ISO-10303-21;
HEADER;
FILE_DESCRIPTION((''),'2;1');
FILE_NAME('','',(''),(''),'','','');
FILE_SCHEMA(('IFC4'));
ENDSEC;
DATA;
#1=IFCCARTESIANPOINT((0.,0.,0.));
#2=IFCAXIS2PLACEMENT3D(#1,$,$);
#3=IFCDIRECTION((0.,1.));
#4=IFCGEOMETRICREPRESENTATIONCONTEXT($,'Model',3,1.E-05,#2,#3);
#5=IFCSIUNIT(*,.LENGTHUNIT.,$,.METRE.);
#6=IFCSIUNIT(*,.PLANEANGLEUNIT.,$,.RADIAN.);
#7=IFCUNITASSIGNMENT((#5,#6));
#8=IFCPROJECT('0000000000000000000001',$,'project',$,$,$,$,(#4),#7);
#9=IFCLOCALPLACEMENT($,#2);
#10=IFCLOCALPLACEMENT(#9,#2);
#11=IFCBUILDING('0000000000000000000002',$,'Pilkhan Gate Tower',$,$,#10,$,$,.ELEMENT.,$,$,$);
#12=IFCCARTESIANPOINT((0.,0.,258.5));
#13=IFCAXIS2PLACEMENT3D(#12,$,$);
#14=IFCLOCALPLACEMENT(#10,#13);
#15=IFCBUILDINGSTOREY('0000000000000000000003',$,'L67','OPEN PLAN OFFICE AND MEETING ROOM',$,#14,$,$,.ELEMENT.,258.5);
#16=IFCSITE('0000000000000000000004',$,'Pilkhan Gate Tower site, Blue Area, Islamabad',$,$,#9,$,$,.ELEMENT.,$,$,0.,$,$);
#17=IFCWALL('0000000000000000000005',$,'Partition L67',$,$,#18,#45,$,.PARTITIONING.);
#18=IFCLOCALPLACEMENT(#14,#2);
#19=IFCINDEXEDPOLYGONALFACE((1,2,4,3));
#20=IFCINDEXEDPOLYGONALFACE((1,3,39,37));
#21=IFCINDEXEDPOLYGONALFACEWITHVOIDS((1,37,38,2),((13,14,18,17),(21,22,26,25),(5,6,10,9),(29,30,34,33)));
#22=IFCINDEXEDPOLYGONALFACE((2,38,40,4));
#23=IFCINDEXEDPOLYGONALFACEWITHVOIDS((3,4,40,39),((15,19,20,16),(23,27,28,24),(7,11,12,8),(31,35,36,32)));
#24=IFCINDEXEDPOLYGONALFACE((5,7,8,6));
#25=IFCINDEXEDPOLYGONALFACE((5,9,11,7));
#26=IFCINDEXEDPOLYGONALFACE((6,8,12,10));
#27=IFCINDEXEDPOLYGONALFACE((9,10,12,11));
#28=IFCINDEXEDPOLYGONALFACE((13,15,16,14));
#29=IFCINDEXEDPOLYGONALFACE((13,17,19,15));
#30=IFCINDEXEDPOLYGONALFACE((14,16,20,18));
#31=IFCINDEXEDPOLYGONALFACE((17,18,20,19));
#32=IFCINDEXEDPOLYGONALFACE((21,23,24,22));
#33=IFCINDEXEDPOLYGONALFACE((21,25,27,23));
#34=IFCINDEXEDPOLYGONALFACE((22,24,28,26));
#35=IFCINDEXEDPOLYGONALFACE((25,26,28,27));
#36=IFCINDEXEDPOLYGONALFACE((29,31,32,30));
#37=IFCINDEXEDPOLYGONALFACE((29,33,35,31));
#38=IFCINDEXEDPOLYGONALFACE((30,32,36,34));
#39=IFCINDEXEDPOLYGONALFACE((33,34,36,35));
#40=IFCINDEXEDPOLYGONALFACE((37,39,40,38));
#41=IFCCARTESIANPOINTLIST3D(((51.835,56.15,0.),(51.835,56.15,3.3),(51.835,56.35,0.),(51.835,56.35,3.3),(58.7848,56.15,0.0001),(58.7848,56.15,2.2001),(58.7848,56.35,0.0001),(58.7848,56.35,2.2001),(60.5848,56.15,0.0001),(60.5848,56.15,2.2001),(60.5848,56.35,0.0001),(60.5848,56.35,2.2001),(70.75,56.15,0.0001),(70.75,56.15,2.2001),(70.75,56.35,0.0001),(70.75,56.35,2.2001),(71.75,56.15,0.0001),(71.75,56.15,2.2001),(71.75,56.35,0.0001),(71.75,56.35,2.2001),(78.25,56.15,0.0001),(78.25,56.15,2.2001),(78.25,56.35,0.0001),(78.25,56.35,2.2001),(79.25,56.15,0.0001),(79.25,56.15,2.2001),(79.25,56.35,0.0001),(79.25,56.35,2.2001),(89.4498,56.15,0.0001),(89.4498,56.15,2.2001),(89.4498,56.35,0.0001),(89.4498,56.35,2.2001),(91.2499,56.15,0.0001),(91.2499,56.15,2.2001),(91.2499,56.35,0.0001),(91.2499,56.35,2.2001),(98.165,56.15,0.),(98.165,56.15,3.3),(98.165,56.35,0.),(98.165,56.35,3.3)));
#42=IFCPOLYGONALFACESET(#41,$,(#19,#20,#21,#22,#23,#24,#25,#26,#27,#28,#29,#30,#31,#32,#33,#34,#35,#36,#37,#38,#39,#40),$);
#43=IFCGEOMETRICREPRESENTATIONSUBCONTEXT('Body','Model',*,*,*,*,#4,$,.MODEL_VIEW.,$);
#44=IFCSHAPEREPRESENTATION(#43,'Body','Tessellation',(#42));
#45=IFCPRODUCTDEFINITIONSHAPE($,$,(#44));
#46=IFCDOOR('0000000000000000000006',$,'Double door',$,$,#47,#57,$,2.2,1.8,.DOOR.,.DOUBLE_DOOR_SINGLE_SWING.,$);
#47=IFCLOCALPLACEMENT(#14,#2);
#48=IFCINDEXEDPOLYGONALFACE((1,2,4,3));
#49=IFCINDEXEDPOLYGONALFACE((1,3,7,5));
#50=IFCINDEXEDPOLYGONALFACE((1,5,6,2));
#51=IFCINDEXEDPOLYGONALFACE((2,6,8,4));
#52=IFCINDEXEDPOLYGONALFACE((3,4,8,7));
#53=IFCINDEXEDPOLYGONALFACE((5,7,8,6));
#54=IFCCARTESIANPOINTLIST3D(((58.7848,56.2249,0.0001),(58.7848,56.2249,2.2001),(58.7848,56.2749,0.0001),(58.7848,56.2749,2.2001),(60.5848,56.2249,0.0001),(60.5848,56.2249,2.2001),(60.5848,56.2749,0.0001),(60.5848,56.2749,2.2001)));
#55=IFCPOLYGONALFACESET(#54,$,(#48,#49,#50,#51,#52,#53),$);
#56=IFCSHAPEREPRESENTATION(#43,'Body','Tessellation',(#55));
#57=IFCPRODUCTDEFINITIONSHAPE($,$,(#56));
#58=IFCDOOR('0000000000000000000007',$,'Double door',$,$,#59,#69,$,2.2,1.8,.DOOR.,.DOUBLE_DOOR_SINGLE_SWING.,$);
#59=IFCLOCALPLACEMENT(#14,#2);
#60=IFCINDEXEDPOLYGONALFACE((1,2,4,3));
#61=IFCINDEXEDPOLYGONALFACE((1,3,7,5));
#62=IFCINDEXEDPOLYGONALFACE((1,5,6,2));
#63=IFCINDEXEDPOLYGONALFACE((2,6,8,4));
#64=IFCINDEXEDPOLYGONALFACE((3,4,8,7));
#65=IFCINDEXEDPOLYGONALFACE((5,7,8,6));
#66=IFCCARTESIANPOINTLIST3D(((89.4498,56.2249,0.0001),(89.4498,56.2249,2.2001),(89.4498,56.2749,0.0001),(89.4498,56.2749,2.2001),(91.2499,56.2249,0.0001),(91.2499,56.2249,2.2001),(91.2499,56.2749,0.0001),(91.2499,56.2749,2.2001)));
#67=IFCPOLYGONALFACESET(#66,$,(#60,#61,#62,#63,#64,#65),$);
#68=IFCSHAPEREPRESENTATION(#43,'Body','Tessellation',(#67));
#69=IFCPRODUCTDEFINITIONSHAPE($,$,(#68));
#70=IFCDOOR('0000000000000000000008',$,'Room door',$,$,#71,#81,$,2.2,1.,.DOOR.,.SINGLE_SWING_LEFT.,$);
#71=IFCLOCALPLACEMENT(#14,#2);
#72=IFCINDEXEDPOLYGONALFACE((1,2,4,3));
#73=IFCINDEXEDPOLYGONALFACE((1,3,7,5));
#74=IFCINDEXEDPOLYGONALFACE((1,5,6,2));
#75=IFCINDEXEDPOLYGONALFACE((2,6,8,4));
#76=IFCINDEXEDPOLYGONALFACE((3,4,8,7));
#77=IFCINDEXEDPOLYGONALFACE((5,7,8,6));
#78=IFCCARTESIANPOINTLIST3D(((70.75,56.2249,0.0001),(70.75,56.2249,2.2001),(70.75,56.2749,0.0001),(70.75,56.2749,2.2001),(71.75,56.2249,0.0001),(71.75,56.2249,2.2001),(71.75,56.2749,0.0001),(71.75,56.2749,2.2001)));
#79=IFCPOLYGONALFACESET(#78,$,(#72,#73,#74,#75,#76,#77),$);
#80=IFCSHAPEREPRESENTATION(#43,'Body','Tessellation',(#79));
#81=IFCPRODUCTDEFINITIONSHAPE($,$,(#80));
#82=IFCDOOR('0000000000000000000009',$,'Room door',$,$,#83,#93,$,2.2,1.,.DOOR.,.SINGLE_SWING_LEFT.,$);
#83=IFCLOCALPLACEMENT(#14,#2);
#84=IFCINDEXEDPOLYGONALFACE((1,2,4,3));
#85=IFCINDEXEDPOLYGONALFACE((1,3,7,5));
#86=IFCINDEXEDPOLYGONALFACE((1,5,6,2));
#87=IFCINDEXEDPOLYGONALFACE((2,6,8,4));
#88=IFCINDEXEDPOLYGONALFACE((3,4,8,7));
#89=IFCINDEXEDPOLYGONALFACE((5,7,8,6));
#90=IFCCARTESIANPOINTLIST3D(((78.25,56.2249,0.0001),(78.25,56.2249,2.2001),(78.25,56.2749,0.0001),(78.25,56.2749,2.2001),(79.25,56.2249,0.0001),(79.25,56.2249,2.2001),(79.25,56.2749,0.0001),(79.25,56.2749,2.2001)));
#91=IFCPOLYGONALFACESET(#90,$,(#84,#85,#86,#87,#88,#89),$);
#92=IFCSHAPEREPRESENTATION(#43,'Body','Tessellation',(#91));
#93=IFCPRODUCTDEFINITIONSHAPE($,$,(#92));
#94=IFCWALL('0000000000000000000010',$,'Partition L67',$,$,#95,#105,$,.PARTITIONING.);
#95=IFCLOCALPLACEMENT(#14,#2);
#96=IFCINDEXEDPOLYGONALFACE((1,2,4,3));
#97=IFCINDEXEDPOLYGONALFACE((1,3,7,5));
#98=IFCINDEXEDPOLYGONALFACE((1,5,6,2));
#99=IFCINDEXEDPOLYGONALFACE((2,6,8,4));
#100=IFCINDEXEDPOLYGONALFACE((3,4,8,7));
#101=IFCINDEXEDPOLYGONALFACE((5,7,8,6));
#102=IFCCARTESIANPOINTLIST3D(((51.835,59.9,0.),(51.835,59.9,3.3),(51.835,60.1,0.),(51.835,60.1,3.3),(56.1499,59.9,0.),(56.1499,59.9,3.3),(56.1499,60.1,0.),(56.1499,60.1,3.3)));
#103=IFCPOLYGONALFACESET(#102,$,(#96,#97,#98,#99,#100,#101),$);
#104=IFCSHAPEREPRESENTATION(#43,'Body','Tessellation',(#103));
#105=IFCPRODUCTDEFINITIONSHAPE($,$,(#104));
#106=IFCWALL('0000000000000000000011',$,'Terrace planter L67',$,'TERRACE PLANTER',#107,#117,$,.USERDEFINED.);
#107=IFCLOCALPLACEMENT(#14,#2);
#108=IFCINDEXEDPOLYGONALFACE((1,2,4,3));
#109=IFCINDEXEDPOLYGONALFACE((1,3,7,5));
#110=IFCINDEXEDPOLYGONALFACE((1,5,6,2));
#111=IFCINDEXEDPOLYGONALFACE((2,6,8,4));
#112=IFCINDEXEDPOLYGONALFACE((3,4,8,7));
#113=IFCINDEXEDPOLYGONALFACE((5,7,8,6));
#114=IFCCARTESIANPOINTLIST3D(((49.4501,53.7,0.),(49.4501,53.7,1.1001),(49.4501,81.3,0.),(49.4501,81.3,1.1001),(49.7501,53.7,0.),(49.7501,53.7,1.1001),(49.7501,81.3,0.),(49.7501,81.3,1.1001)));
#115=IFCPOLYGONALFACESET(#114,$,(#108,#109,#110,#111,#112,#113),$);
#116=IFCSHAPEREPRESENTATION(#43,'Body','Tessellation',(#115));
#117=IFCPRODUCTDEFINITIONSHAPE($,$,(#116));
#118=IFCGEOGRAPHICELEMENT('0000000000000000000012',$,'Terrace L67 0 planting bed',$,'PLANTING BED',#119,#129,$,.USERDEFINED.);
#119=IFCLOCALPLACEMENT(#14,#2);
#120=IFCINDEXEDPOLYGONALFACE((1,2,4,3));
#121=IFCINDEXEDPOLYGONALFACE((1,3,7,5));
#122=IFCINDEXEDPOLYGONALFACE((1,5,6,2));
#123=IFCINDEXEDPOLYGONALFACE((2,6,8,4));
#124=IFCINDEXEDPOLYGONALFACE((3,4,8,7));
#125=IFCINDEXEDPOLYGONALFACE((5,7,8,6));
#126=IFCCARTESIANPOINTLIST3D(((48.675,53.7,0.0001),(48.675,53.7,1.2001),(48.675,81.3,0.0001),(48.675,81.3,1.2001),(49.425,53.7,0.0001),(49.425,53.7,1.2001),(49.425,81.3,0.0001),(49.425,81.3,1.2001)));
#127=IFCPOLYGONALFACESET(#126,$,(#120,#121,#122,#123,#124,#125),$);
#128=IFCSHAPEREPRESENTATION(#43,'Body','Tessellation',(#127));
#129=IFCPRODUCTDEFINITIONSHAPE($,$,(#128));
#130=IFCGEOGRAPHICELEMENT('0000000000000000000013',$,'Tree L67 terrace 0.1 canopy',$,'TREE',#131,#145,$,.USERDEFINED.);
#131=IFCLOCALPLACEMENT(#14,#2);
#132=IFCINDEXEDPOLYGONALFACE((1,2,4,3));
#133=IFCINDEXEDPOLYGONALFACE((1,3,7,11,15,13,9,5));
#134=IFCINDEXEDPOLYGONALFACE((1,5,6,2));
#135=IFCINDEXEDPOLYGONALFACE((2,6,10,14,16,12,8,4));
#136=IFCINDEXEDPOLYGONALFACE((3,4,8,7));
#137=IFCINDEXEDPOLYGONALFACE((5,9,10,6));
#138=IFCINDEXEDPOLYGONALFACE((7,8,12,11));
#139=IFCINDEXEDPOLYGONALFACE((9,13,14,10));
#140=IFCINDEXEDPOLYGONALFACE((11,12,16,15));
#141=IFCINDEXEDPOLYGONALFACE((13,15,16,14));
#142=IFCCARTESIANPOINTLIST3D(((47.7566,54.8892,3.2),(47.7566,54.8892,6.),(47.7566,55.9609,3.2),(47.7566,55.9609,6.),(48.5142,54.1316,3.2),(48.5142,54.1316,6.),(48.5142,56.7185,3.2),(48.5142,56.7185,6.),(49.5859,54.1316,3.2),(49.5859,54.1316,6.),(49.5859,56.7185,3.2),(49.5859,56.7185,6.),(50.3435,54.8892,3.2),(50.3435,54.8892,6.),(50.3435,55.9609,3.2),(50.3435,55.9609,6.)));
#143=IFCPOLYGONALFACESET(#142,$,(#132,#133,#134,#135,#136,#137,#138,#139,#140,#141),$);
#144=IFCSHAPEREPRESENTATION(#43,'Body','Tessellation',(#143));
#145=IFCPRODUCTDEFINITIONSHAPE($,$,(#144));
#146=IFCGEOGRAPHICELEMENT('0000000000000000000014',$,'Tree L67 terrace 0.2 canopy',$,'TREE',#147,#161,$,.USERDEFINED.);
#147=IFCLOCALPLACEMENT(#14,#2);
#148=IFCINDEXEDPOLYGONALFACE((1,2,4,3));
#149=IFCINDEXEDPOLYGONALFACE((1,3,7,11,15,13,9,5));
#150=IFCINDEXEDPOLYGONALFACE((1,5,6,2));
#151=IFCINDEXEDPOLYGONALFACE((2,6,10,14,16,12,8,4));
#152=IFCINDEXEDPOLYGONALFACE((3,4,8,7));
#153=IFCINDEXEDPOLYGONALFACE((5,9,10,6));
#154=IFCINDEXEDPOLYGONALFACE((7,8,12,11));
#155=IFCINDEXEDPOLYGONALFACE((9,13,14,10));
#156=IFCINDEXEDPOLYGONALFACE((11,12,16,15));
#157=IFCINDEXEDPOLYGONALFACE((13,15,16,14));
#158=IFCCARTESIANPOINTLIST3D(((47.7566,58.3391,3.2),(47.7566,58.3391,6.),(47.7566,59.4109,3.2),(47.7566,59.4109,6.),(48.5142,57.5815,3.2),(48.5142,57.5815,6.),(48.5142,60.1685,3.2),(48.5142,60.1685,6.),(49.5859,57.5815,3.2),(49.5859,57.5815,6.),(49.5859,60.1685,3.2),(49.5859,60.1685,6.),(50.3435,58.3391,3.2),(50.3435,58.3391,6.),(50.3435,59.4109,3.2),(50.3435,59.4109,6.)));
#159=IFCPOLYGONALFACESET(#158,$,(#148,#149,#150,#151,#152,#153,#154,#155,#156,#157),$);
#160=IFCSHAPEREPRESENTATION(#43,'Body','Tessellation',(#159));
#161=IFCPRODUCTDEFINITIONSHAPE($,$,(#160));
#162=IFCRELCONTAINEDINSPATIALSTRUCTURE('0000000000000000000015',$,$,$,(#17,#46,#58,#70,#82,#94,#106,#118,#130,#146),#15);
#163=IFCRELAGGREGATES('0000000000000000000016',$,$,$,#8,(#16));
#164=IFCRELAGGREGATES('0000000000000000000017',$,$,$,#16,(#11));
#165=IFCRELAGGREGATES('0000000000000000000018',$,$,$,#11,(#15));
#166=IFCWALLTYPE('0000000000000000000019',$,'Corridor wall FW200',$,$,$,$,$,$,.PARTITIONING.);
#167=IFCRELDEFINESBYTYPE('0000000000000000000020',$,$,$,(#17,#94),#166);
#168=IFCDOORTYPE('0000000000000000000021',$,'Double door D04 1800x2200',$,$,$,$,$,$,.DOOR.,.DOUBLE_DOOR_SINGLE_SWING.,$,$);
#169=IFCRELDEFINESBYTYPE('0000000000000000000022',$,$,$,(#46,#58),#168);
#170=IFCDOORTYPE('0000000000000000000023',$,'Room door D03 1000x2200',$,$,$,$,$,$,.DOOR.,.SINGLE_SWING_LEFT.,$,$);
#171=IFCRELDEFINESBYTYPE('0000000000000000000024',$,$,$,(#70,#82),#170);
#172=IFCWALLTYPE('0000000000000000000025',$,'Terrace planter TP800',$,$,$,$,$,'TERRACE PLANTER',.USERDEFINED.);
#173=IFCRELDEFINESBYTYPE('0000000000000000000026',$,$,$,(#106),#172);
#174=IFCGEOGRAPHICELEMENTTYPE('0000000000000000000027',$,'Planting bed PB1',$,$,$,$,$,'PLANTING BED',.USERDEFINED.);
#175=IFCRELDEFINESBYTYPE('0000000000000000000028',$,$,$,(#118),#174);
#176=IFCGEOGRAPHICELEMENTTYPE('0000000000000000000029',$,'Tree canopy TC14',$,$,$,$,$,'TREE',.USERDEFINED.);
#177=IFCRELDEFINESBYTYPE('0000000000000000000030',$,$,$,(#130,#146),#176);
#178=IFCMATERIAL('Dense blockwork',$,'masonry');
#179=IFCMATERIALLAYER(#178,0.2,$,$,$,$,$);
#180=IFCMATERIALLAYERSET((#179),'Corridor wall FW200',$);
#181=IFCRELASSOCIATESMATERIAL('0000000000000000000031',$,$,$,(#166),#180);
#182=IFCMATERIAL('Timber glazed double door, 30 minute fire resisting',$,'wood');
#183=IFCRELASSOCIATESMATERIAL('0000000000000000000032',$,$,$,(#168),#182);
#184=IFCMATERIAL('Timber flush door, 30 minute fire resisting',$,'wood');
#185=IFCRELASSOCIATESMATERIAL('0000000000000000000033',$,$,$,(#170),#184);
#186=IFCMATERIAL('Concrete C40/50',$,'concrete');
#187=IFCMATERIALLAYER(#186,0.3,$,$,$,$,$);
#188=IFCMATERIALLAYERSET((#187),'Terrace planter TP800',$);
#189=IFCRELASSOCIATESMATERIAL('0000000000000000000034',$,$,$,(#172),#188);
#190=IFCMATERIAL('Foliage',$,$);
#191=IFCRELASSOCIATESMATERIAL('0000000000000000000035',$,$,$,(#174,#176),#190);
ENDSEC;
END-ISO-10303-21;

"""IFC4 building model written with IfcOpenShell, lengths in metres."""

from ifc_helpers import new_model, si_unit, direction, frame, frame_2d, origin, origin_2d, place, context, subcontext, project, spatial, polyline, rectangle, outline, extrude, material, layer, layer_set, material_profile, profile_set, type_object, element, fill, save


model = new_model("IFC4")

# Units and contexts
model_context = context("Model", 3, precision=1e-05, world=origin(), true_north=direction((0.0, 1.0)))
body_context = subcontext(model_context, "Body", "Model", "MODEL_VIEW")
ifc_project = project(units=[si_unit("LENGTHUNIT", "METRE"), si_unit("PLANEANGLEUNIT", "RADIAN")], contexts=[model_context])

# Site, building, storey
site_placement = place(None, origin())
site = spatial("IfcSite", under=ifc_project, at=site_placement, Name="Pilkhan Gate Tower site, Blue Area, Islamabad", CompositionType="ELEMENT", RefElevation=0.0)
building_placement = place(site_placement, origin())
building = spatial("IfcBuilding", under=site, at=building_placement, Name="Pilkhan Gate Tower", CompositionType="ELEMENT")
storey_placement = place(building_placement, frame((0.0, 0.0, 258.5)))
storey = spatial("IfcBuildingStorey", under=building, at=storey_placement, Name="L67", Description="OPEN PLAN OFFICE AND MEETING ROOM", CompositionType="ELEMENT", Elevation=258.5)

# Shared definitions
ifc_material_1 = material(Name="Concrete C40/50", Category="concrete")

# Wall, openings, doors
ifc_material_2 = material(Name="Dense blockwork", Category="masonry")
ifc_layer_1 = layer(ifc_material_2, 0.2)
ifc_layer_set_1 = layer_set([ifc_layer_1], Name="Corridor wall FW200")
wall_type_1 = type_object("IfcWallType", Name="Corridor wall FW200", PredefinedType="PARTITIONING", material=ifc_layer_set_1)
wall_1_placement = place(storey_placement, frame((51.835, 56.25, 0.0), z_axis=(0.0, 0.0, 1.0), x_axis=(1.0, 0.0, 0.0)))
wall_1 = element("IfcWall", 1, at=wall_1_placement, inside=storey, type_object=wall_type_1, Name="Partition L67", PredefinedType="PARTITIONING", context=body_context, shape_type="SweptSolid", body=[
    extrude(rectangle(XDim=46.3301, YDim=0.2, at=frame_2d((23.165, 0.0))), origin(), (0.0, 0.0, 1.0), 3.3),
])
opening_1_placement = place(wall_1_placement, frame((6.95, 0.0, 0.0)))
opening_1 = element("IfcOpeningElement", 2, at=opening_1_placement, cuts=wall_1, PredefinedType="OPENING", context=body_context, shape_type="SweptSolid", body=[
    extrude(rectangle(XDim=1.8, YDim=2.2, at=frame_2d((0.8999, 1.1001))), frame((0.0, 0.1099, 0.0), z_axis=(0.0, -1.0, 0.0), x_axis=(1.0, 0.0, 0.0)), (0.0, 0.0, 1.0), 0.22),
])
opening_2_placement = place(wall_1_placement, frame((37.615, 0.0, 0.0)))
opening_2 = element("IfcOpeningElement", 3, at=opening_2_placement, cuts=wall_1, PredefinedType="OPENING", context=body_context, shape_type="SweptSolid", body=[
    extrude(rectangle(XDim=1.8, YDim=2.2, at=frame_2d((0.8999, 1.1001))), frame((0.0, 0.1099, 0.0), z_axis=(0.0, -1.0, 0.0), x_axis=(1.0, 0.0, 0.0)), (0.0, 0.0, 1.0), 0.22),
])
opening_3_placement = place(wall_1_placement, frame((18.915, 0.0, 0.0)))
opening_3 = element("IfcOpeningElement", 4, at=opening_3_placement, cuts=wall_1, PredefinedType="OPENING", context=body_context, shape_type="SweptSolid", body=[
    extrude(rectangle(XDim=1.0, YDim=2.2, at=frame_2d((0.5, 1.1001))), frame((0.0, 0.1099, 0.0), z_axis=(0.0, -1.0, 0.0), x_axis=(1.0, 0.0, 0.0)), (0.0, 0.0, 1.0), 0.22),
])
opening_4_placement = place(wall_1_placement, frame((26.415, 0.0, 0.0)))
opening_4 = element("IfcOpeningElement", 5, at=opening_4_placement, cuts=wall_1, PredefinedType="OPENING", context=body_context, shape_type="SweptSolid", body=[
    extrude(rectangle(XDim=1.0, YDim=2.2, at=frame_2d((0.5, 1.1001))), frame((0.0, 0.1099, 0.0), z_axis=(0.0, -1.0, 0.0), x_axis=(1.0, 0.0, 0.0)), (0.0, 0.0, 1.0), 0.22),
])
ifc_material_3 = material(Name="Timber glazed double door, 30 minute fire resisting", Category="wood")
door_type_1 = type_object("IfcDoorType", Name="Double door D04 1800x2200", OperationType="DOUBLE_DOOR_SINGLE_SWING", PredefinedType="DOOR", material=ifc_material_3)
door_1_placement = place(opening_1_placement, origin())
door_1 = element("IfcDoor", 6, at=door_1_placement, inside=storey, type_object=door_type_1, Name="Double door", OperationType="DOUBLE_DOOR_SINGLE_SWING", OverallHeight=2.2, OverallWidth=1.8, PredefinedType="DOOR", context=body_context, shape_type="SweptSolid", body=[
    extrude(rectangle(XDim=1.8, YDim=2.2, at=frame_2d((0.8999, 1.1001))), frame((0.0, 0.0249, 0.0), z_axis=(0.0, -1.0, 0.0), x_axis=(1.0, 0.0, 0.0)), (0.0, 0.0, 1.0), 0.05),
])
fill(opening_1, door_1)
door_2_placement = place(opening_2_placement, origin())
door_2 = element("IfcDoor", 7, at=door_2_placement, inside=storey, type_object=door_type_1, Name="Double door", OperationType="DOUBLE_DOOR_SINGLE_SWING", OverallHeight=2.2, OverallWidth=1.8, PredefinedType="DOOR", context=body_context, shape_type="SweptSolid", body=[
    extrude(rectangle(XDim=1.8, YDim=2.2, at=frame_2d((0.8999, 1.1001))), frame((0.0, 0.0249, 0.0), z_axis=(0.0, -1.0, 0.0), x_axis=(1.0, 0.0, 0.0)), (0.0, 0.0, 1.0), 0.05),
])
fill(opening_2, door_2)
ifc_material_4 = material(Name="Timber flush door, 30 minute fire resisting", Category="wood")
door_type_2 = type_object("IfcDoorType", Name="Room door D03 1000x2200", OperationType="SINGLE_SWING_LEFT", PredefinedType="DOOR", material=ifc_material_4)
door_3_placement = place(opening_3_placement, origin())
door_3 = element("IfcDoor", 8, at=door_3_placement, inside=storey, type_object=door_type_2, Name="Room door", OperationType="SINGLE_SWING_LEFT", OverallHeight=2.2, OverallWidth=1.0, PredefinedType="DOOR", context=body_context, shape_type="SweptSolid", body=[
    extrude(rectangle(XDim=1.0, YDim=2.2, at=frame_2d((0.5, 1.1001))), frame((0.0, 0.0249, 0.0), z_axis=(0.0, -1.0, 0.0), x_axis=(1.0, 0.0, 0.0)), (0.0, 0.0, 1.0), 0.05),
])
fill(opening_3, door_3)
door_4_placement = place(opening_4_placement, origin())
door_4 = element("IfcDoor", 9, at=door_4_placement, inside=storey, type_object=door_type_2, Name="Room door", OperationType="SINGLE_SWING_LEFT", OverallHeight=2.2, OverallWidth=1.0, PredefinedType="DOOR", context=body_context, shape_type="SweptSolid", body=[
    extrude(rectangle(XDim=1.0, YDim=2.2, at=frame_2d((0.5, 1.1001))), frame((0.0, 0.0249, 0.0), z_axis=(0.0, -1.0, 0.0), x_axis=(1.0, 0.0, 0.0)), (0.0, 0.0, 1.0), 0.05),
])
fill(opening_4, door_4)

# Wall
wall_2_placement = place(storey_placement, frame((51.835, 60.0, 0.0), z_axis=(0.0, 0.0, 1.0), x_axis=(1.0, 0.0, 0.0)))
element("IfcWall", 10, at=wall_2_placement, inside=storey, type_object=wall_type_1, Name="Partition L67", PredefinedType="PARTITIONING", context=body_context, shape_type="SweptSolid", body=[
    extrude(rectangle(XDim=4.3149, YDim=0.2, at=frame_2d((2.1575, 0.0))), origin(), (0.0, 0.0, 1.0), 3.3),
])

# Wall
ifc_layer_2 = layer(ifc_material_1, 0.3)
ifc_layer_set_2 = layer_set([ifc_layer_2], Name="Terrace planter TP800")
wall_type_2 = type_object("IfcWallType", Name="Terrace planter TP800", ElementType="TERRACE PLANTER", PredefinedType="USERDEFINED", material=ifc_layer_set_2)
wall_3_placement = place(storey_placement, frame((49.6001, 53.7, 0.0), z_axis=(0.0, 0.0, 1.0), x_axis=(0.0, 1.0, 0.0)))
element("IfcWall", 11, at=wall_3_placement, inside=storey, type_object=wall_type_2, Name="Terrace planter L67", ObjectType="TERRACE PLANTER", PredefinedType="USERDEFINED", context=body_context, shape_type="SweptSolid", body=[
    extrude(rectangle(XDim=27.6001, YDim=0.3, at=frame_2d((13.8, 0.0))), origin(), (0.0, 0.0, 1.0), 1.1001),
])

# Geographic elements
ifc_material_5 = material(Name="Foliage")
ifc_material_profile_1 = material_profile(ifc_material_5, rectangle(XDim=0.75, YDim=1.2, at=origin_2d()), Name="Bed 750x1200")
ifc_profile_set_1 = profile_set([ifc_material_profile_1], Name="Foliage")
geographic_element_type_1 = type_object("IfcGeographicElementType", Name="Planting bed PB1", ElementType="PLANTING BED", PredefinedType="USERDEFINED", material=ifc_profile_set_1)
geographic_element_placement = place(storey_placement, frame((49.05, 53.7, 0.6001), z_axis=(0.0, 1.0, 0.0), x_axis=(-1.0, 0.0, 0.0)))
element("IfcGeographicElement", 12, at=geographic_element_placement, inside=storey, type_object=geographic_element_type_1, Name="Terrace L67 0 planting bed", ObjectType="PLANTING BED", PredefinedType="USERDEFINED", context=body_context, shape_type="SweptSolid", body=[
    extrude(rectangle(XDim=0.75, YDim=1.2, at=origin_2d()), origin(), (0.0, 0.0, 1.0), 27.6001),
])
ifc_material_profile_2 = material_profile(ifc_material_5, outline(polyline([(1.2935, 0.5359), (0.5359, 1.2935), (-0.5359, 1.2935), (-1.2935, 0.5359), (-1.2935, -0.5359), (-0.5359, -1.2935), (0.5359, -1.2935), (1.2935, -0.5359), (1.2935, 0.5359)])), Name="Canopy D2.8")
ifc_profile_set_2 = profile_set([ifc_material_profile_2], Name="Foliage")
geographic_element_type_2 = type_object("IfcGeographicElementType", Name="Tree canopy TC14", ElementType="TREE", PredefinedType="USERDEFINED", material=ifc_profile_set_2)
for number, where, z_axis, x_axis, name in (
    (13, (49.05, 55.425, 3.2), (0.0, 0.0, 1.0), (1.0, 0.0, 0.0), "Tree L67 terrace 0.1 canopy"),
    (14, (49.05, 58.875, 3.2), (0.0, 0.0, 1.0), (1.0, 0.0, 0.0), "Tree L67 terrace 0.2 canopy"),
):
    element("IfcGeographicElement", number, at=place(storey_placement, frame(where, z_axis=z_axis, x_axis=x_axis)), inside=storey, type_object=geographic_element_type_2, Name=name, ObjectType="TREE", PredefinedType="USERDEFINED", context=body_context, shape_type="SweptSolid", body=[
        extrude(outline(polyline([(1.2935, 0.5359), (0.5359, 1.2935), (-0.5359, 1.2935), (-1.2935, 0.5359), (-1.2935, -0.5359), (-0.5359, -1.2935), (0.5359, -1.2935), (1.2935, -0.5359), (1.2935, 0.5359)])), origin(), (0.0, 0.0, 1.0), 2.8),
    ])

save(model, "model.ifc")
